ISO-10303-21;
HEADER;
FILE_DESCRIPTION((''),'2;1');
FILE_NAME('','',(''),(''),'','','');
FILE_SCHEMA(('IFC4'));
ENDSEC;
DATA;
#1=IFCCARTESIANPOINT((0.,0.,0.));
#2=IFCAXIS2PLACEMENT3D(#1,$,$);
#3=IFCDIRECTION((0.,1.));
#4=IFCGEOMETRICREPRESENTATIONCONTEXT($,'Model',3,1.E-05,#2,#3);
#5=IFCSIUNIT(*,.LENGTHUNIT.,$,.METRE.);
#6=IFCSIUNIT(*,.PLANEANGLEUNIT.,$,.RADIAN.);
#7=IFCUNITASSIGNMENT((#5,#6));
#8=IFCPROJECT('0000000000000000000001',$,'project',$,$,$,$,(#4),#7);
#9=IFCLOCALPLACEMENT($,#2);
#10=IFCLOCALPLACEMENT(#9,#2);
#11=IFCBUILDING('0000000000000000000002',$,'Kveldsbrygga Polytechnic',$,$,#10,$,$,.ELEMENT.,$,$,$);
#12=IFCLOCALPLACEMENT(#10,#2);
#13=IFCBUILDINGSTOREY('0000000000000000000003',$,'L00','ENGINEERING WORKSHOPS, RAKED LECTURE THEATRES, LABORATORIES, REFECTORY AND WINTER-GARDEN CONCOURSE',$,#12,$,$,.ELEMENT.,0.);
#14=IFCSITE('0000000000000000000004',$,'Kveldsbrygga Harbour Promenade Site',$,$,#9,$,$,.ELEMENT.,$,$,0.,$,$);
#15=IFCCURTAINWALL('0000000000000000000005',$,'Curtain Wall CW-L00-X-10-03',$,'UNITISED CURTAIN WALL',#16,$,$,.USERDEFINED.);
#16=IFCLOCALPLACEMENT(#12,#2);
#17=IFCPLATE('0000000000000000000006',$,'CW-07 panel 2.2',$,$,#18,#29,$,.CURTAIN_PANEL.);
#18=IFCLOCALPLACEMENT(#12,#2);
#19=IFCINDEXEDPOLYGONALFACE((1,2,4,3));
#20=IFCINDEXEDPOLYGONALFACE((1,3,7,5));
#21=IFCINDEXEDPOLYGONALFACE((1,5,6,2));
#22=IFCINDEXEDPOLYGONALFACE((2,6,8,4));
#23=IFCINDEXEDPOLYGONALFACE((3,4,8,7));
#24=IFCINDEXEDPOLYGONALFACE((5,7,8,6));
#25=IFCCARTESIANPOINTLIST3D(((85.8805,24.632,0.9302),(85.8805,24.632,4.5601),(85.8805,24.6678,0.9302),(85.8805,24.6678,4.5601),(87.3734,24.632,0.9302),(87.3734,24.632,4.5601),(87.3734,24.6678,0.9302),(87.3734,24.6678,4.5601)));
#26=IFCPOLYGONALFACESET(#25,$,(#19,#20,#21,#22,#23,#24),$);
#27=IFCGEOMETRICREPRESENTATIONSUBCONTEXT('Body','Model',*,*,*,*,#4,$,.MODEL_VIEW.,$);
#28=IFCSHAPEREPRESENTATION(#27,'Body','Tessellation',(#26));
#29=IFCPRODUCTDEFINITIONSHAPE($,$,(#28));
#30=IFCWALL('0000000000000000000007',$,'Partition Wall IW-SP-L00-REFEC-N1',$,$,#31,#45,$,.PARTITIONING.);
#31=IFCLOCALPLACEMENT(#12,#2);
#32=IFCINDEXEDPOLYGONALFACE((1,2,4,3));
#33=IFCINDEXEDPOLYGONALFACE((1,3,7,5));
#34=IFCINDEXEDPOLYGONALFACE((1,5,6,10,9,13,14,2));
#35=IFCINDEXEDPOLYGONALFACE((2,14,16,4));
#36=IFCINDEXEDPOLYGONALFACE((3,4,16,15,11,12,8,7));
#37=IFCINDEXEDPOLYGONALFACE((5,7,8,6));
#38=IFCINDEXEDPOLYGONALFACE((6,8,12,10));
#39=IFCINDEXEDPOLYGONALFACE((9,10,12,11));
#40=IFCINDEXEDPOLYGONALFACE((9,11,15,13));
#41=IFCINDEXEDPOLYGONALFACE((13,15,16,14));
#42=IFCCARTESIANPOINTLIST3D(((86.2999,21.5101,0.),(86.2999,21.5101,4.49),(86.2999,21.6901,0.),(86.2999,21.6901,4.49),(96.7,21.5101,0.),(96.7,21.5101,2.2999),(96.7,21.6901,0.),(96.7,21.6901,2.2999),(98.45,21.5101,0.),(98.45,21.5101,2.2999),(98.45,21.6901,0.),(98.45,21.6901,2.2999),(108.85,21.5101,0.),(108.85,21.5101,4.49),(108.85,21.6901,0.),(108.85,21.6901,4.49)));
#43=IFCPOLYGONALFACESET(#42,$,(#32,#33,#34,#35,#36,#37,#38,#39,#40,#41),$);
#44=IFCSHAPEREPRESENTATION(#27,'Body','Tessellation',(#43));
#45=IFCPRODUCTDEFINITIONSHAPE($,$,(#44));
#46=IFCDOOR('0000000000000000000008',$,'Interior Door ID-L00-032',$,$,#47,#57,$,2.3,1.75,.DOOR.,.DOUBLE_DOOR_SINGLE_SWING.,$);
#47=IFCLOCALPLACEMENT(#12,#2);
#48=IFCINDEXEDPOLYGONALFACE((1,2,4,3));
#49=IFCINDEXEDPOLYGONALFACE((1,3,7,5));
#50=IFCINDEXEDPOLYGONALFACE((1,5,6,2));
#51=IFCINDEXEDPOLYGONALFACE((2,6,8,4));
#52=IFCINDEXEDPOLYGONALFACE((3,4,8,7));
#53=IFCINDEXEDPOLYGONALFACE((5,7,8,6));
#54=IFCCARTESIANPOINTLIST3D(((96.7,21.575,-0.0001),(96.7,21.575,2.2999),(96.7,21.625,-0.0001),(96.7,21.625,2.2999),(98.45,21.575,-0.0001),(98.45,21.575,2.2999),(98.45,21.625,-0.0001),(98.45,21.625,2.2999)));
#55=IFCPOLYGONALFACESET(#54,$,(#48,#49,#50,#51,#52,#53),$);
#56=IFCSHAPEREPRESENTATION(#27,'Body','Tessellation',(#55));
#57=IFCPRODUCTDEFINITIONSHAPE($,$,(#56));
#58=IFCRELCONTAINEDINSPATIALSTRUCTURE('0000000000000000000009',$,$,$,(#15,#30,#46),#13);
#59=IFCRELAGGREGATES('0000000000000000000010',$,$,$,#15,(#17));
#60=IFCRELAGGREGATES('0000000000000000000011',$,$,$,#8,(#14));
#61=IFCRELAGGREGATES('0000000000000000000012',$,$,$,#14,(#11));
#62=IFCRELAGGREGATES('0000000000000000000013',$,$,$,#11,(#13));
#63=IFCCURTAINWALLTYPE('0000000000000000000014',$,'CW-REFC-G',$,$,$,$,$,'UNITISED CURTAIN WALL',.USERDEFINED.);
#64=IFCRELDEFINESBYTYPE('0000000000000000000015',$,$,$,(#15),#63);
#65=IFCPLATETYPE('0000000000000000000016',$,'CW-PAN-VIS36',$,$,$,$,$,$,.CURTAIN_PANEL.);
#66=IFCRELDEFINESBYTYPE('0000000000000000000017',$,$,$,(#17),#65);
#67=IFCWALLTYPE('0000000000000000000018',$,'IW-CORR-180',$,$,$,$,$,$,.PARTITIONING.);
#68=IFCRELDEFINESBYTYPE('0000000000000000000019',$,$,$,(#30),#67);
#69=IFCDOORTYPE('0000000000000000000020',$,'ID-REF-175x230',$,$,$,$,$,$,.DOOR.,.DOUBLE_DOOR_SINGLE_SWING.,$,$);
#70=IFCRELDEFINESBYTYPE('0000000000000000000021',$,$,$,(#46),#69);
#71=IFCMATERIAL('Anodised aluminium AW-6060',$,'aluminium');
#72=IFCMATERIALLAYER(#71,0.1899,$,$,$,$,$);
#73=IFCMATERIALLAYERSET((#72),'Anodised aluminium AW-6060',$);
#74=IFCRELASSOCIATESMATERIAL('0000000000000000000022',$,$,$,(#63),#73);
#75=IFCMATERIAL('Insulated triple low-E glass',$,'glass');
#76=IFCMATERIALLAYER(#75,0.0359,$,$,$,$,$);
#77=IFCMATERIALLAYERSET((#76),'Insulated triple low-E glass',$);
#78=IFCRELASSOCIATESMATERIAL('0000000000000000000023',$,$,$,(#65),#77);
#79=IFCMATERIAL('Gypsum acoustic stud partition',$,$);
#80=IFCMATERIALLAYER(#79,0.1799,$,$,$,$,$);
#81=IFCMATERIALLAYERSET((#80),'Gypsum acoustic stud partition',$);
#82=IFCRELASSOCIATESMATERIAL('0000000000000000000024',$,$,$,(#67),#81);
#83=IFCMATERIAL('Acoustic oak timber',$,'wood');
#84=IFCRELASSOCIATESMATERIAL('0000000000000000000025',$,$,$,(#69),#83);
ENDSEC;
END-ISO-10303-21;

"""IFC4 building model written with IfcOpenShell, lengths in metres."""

from ifc_helpers import new_model, si_unit, direction, frame, frame_2d, origin, origin_2d, place, context, subcontext, project, spatial, rectangle, extrude, material, layer, layer_set, type_object, element, fill, aggregate, save


model = new_model("IFC4")

# Units and contexts
model_context = context("Model", 3, precision=1e-05, world=origin(), true_north=direction((0.0, 1.0)))
body_context = subcontext(model_context, "Body", "Model", "MODEL_VIEW")
ifc_project = project(units=[si_unit("LENGTHUNIT", "METRE"), si_unit("PLANEANGLEUNIT", "RADIAN")], contexts=[model_context])

# Site, building, storey
site_placement = place(None, origin())
site = spatial("IfcSite", under=ifc_project, at=site_placement, Name="Kveldsbrygga Harbour Promenade Site", CompositionType="ELEMENT", RefElevation=0.0)
building_placement = place(site_placement, origin())
building = spatial("IfcBuilding", under=site, at=building_placement, Name="Kveldsbrygga Polytechnic", CompositionType="ELEMENT")
storey_placement = place(building_placement, origin())
storey = spatial("IfcBuildingStorey", under=building, at=storey_placement, Name="L00", Description="ENGINEERING WORKSHOPS, RAKED LECTURE THEATRES, LABORATORIES, REFECTORY AND WINTER-GARDEN CONCOURSE", CompositionType="ELEMENT", Elevation=0.0)

# Curtain wall, plate
ifc_material_1 = material(Name="Anodised aluminium AW-6060", Category="aluminium")
ifc_layer_1 = layer(ifc_material_1, 0.1899)
ifc_layer_set_1 = layer_set([ifc_layer_1], Name="Anodised aluminium AW-6060")
curtain_wall_type = type_object("IfcCurtainWallType", Name="CW-REFC-G", ElementType="UNITISED CURTAIN WALL", PredefinedType="USERDEFINED", material=ifc_layer_set_1)
curtain_wall_placement = place(storey_placement, origin())
curtain_wall = element("IfcCurtainWall", 1, at=curtain_wall_placement, inside=storey, type_object=curtain_wall_type, Name="Curtain Wall CW-L00-X-10-03", ObjectType="UNITISED CURTAIN WALL", PredefinedType="USERDEFINED")
ifc_material_2 = material(Name="Insulated triple low-E glass", Category="glass")
ifc_layer_2 = layer(ifc_material_2, 0.0359)
ifc_layer_set_2 = layer_set([ifc_layer_2], Name="Insulated triple low-E glass")
plate_type = type_object("IfcPlateType", Name="CW-PAN-VIS36", PredefinedType="CURTAIN_PANEL", material=ifc_layer_set_2)
plate_1_placement = place(storey_placement, frame((86.627, 24.6499, 0.9302), z_axis=(0.0, 0.0, 1.0), x_axis=(1.0, 0.0, 0.0)))
plate_1 = element("IfcPlate", 2, at=plate_1_placement, type_object=plate_type, Name="CW-07 panel 2.2", PredefinedType="CURTAIN_PANEL", context=body_context, shape_type="SweptSolid", body=[
    extrude(rectangle(XDim=1.4929, YDim=0.0359, at=origin_2d()), origin(), (0.0, 0.0, 1.0), 3.6299),
])
aggregate(curtain_wall, [plate_1])

# Wall, opening, door
ifc_material_3 = material(Name="Gypsum acoustic stud partition")
ifc_layer_3 = layer(ifc_material_3, 0.1799)
ifc_layer_set_3 = layer_set([ifc_layer_3], Name="Gypsum acoustic stud partition")
wall_type = type_object("IfcWallType", Name="IW-CORR-180", PredefinedType="PARTITIONING", material=ifc_layer_set_3)
wall_placement = place(storey_placement, frame((86.3, 21.6001, 0.0), z_axis=(0.0, 0.0, 1.0), x_axis=(1.0, 0.0, 0.0)))
wall = element("IfcWall", 3, at=wall_placement, inside=storey, type_object=wall_type, Name="Partition Wall IW-SP-L00-REFEC-N1", PredefinedType="PARTITIONING", context=body_context, shape_type="SweptSolid", body=[
    extrude(rectangle(XDim=22.55, YDim=0.1799, at=frame_2d((11.2749, 0.0))), origin(), (0.0, 0.0, 1.0), 4.49),
])
opening_placement = place(wall_placement, frame((10.3999, 0.0, 0.0)))
opening = element("IfcOpeningElement", 4, at=opening_placement, cuts=wall, PredefinedType="OPENING", context=body_context, shape_type="SweptSolid", body=[
    extrude(rectangle(XDim=1.75, YDim=2.3, at=frame_2d((0.875, 1.1499))), frame((0.0, 0.1001, 0.0), z_axis=(0.0, -1.0, 0.0), x_axis=(1.0, 0.0, 0.0)), (0.0, 0.0, 1.0), 0.2),
])
ifc_material_4 = material(Name="Acoustic oak timber", Category="wood")
door_type = type_object("IfcDoorType", Name="ID-REF-175x230", OperationType="DOUBLE_DOOR_SINGLE_SWING", PredefinedType="DOOR", material=ifc_material_4)
door_placement = place(opening_placement, origin())
door = element("IfcDoor", 5, at=door_placement, inside=storey, type_object=door_type, Name="Interior Door ID-L00-032", OperationType="DOUBLE_DOOR_SINGLE_SWING", OverallHeight=2.3, OverallWidth=1.75, PredefinedType="DOOR", context=body_context, shape_type="SweptSolid", body=[
    extrude(rectangle(XDim=1.75, YDim=2.3, at=frame_2d((0.875, 1.1499))), frame((0.0, 0.0249, 0.0), z_axis=(0.0, -1.0, 0.0), x_axis=(1.0, 0.0, 0.0)), (0.0, 0.0, 1.0), 0.05),
])
fill(opening, door)

save(model, "model.ifc")
